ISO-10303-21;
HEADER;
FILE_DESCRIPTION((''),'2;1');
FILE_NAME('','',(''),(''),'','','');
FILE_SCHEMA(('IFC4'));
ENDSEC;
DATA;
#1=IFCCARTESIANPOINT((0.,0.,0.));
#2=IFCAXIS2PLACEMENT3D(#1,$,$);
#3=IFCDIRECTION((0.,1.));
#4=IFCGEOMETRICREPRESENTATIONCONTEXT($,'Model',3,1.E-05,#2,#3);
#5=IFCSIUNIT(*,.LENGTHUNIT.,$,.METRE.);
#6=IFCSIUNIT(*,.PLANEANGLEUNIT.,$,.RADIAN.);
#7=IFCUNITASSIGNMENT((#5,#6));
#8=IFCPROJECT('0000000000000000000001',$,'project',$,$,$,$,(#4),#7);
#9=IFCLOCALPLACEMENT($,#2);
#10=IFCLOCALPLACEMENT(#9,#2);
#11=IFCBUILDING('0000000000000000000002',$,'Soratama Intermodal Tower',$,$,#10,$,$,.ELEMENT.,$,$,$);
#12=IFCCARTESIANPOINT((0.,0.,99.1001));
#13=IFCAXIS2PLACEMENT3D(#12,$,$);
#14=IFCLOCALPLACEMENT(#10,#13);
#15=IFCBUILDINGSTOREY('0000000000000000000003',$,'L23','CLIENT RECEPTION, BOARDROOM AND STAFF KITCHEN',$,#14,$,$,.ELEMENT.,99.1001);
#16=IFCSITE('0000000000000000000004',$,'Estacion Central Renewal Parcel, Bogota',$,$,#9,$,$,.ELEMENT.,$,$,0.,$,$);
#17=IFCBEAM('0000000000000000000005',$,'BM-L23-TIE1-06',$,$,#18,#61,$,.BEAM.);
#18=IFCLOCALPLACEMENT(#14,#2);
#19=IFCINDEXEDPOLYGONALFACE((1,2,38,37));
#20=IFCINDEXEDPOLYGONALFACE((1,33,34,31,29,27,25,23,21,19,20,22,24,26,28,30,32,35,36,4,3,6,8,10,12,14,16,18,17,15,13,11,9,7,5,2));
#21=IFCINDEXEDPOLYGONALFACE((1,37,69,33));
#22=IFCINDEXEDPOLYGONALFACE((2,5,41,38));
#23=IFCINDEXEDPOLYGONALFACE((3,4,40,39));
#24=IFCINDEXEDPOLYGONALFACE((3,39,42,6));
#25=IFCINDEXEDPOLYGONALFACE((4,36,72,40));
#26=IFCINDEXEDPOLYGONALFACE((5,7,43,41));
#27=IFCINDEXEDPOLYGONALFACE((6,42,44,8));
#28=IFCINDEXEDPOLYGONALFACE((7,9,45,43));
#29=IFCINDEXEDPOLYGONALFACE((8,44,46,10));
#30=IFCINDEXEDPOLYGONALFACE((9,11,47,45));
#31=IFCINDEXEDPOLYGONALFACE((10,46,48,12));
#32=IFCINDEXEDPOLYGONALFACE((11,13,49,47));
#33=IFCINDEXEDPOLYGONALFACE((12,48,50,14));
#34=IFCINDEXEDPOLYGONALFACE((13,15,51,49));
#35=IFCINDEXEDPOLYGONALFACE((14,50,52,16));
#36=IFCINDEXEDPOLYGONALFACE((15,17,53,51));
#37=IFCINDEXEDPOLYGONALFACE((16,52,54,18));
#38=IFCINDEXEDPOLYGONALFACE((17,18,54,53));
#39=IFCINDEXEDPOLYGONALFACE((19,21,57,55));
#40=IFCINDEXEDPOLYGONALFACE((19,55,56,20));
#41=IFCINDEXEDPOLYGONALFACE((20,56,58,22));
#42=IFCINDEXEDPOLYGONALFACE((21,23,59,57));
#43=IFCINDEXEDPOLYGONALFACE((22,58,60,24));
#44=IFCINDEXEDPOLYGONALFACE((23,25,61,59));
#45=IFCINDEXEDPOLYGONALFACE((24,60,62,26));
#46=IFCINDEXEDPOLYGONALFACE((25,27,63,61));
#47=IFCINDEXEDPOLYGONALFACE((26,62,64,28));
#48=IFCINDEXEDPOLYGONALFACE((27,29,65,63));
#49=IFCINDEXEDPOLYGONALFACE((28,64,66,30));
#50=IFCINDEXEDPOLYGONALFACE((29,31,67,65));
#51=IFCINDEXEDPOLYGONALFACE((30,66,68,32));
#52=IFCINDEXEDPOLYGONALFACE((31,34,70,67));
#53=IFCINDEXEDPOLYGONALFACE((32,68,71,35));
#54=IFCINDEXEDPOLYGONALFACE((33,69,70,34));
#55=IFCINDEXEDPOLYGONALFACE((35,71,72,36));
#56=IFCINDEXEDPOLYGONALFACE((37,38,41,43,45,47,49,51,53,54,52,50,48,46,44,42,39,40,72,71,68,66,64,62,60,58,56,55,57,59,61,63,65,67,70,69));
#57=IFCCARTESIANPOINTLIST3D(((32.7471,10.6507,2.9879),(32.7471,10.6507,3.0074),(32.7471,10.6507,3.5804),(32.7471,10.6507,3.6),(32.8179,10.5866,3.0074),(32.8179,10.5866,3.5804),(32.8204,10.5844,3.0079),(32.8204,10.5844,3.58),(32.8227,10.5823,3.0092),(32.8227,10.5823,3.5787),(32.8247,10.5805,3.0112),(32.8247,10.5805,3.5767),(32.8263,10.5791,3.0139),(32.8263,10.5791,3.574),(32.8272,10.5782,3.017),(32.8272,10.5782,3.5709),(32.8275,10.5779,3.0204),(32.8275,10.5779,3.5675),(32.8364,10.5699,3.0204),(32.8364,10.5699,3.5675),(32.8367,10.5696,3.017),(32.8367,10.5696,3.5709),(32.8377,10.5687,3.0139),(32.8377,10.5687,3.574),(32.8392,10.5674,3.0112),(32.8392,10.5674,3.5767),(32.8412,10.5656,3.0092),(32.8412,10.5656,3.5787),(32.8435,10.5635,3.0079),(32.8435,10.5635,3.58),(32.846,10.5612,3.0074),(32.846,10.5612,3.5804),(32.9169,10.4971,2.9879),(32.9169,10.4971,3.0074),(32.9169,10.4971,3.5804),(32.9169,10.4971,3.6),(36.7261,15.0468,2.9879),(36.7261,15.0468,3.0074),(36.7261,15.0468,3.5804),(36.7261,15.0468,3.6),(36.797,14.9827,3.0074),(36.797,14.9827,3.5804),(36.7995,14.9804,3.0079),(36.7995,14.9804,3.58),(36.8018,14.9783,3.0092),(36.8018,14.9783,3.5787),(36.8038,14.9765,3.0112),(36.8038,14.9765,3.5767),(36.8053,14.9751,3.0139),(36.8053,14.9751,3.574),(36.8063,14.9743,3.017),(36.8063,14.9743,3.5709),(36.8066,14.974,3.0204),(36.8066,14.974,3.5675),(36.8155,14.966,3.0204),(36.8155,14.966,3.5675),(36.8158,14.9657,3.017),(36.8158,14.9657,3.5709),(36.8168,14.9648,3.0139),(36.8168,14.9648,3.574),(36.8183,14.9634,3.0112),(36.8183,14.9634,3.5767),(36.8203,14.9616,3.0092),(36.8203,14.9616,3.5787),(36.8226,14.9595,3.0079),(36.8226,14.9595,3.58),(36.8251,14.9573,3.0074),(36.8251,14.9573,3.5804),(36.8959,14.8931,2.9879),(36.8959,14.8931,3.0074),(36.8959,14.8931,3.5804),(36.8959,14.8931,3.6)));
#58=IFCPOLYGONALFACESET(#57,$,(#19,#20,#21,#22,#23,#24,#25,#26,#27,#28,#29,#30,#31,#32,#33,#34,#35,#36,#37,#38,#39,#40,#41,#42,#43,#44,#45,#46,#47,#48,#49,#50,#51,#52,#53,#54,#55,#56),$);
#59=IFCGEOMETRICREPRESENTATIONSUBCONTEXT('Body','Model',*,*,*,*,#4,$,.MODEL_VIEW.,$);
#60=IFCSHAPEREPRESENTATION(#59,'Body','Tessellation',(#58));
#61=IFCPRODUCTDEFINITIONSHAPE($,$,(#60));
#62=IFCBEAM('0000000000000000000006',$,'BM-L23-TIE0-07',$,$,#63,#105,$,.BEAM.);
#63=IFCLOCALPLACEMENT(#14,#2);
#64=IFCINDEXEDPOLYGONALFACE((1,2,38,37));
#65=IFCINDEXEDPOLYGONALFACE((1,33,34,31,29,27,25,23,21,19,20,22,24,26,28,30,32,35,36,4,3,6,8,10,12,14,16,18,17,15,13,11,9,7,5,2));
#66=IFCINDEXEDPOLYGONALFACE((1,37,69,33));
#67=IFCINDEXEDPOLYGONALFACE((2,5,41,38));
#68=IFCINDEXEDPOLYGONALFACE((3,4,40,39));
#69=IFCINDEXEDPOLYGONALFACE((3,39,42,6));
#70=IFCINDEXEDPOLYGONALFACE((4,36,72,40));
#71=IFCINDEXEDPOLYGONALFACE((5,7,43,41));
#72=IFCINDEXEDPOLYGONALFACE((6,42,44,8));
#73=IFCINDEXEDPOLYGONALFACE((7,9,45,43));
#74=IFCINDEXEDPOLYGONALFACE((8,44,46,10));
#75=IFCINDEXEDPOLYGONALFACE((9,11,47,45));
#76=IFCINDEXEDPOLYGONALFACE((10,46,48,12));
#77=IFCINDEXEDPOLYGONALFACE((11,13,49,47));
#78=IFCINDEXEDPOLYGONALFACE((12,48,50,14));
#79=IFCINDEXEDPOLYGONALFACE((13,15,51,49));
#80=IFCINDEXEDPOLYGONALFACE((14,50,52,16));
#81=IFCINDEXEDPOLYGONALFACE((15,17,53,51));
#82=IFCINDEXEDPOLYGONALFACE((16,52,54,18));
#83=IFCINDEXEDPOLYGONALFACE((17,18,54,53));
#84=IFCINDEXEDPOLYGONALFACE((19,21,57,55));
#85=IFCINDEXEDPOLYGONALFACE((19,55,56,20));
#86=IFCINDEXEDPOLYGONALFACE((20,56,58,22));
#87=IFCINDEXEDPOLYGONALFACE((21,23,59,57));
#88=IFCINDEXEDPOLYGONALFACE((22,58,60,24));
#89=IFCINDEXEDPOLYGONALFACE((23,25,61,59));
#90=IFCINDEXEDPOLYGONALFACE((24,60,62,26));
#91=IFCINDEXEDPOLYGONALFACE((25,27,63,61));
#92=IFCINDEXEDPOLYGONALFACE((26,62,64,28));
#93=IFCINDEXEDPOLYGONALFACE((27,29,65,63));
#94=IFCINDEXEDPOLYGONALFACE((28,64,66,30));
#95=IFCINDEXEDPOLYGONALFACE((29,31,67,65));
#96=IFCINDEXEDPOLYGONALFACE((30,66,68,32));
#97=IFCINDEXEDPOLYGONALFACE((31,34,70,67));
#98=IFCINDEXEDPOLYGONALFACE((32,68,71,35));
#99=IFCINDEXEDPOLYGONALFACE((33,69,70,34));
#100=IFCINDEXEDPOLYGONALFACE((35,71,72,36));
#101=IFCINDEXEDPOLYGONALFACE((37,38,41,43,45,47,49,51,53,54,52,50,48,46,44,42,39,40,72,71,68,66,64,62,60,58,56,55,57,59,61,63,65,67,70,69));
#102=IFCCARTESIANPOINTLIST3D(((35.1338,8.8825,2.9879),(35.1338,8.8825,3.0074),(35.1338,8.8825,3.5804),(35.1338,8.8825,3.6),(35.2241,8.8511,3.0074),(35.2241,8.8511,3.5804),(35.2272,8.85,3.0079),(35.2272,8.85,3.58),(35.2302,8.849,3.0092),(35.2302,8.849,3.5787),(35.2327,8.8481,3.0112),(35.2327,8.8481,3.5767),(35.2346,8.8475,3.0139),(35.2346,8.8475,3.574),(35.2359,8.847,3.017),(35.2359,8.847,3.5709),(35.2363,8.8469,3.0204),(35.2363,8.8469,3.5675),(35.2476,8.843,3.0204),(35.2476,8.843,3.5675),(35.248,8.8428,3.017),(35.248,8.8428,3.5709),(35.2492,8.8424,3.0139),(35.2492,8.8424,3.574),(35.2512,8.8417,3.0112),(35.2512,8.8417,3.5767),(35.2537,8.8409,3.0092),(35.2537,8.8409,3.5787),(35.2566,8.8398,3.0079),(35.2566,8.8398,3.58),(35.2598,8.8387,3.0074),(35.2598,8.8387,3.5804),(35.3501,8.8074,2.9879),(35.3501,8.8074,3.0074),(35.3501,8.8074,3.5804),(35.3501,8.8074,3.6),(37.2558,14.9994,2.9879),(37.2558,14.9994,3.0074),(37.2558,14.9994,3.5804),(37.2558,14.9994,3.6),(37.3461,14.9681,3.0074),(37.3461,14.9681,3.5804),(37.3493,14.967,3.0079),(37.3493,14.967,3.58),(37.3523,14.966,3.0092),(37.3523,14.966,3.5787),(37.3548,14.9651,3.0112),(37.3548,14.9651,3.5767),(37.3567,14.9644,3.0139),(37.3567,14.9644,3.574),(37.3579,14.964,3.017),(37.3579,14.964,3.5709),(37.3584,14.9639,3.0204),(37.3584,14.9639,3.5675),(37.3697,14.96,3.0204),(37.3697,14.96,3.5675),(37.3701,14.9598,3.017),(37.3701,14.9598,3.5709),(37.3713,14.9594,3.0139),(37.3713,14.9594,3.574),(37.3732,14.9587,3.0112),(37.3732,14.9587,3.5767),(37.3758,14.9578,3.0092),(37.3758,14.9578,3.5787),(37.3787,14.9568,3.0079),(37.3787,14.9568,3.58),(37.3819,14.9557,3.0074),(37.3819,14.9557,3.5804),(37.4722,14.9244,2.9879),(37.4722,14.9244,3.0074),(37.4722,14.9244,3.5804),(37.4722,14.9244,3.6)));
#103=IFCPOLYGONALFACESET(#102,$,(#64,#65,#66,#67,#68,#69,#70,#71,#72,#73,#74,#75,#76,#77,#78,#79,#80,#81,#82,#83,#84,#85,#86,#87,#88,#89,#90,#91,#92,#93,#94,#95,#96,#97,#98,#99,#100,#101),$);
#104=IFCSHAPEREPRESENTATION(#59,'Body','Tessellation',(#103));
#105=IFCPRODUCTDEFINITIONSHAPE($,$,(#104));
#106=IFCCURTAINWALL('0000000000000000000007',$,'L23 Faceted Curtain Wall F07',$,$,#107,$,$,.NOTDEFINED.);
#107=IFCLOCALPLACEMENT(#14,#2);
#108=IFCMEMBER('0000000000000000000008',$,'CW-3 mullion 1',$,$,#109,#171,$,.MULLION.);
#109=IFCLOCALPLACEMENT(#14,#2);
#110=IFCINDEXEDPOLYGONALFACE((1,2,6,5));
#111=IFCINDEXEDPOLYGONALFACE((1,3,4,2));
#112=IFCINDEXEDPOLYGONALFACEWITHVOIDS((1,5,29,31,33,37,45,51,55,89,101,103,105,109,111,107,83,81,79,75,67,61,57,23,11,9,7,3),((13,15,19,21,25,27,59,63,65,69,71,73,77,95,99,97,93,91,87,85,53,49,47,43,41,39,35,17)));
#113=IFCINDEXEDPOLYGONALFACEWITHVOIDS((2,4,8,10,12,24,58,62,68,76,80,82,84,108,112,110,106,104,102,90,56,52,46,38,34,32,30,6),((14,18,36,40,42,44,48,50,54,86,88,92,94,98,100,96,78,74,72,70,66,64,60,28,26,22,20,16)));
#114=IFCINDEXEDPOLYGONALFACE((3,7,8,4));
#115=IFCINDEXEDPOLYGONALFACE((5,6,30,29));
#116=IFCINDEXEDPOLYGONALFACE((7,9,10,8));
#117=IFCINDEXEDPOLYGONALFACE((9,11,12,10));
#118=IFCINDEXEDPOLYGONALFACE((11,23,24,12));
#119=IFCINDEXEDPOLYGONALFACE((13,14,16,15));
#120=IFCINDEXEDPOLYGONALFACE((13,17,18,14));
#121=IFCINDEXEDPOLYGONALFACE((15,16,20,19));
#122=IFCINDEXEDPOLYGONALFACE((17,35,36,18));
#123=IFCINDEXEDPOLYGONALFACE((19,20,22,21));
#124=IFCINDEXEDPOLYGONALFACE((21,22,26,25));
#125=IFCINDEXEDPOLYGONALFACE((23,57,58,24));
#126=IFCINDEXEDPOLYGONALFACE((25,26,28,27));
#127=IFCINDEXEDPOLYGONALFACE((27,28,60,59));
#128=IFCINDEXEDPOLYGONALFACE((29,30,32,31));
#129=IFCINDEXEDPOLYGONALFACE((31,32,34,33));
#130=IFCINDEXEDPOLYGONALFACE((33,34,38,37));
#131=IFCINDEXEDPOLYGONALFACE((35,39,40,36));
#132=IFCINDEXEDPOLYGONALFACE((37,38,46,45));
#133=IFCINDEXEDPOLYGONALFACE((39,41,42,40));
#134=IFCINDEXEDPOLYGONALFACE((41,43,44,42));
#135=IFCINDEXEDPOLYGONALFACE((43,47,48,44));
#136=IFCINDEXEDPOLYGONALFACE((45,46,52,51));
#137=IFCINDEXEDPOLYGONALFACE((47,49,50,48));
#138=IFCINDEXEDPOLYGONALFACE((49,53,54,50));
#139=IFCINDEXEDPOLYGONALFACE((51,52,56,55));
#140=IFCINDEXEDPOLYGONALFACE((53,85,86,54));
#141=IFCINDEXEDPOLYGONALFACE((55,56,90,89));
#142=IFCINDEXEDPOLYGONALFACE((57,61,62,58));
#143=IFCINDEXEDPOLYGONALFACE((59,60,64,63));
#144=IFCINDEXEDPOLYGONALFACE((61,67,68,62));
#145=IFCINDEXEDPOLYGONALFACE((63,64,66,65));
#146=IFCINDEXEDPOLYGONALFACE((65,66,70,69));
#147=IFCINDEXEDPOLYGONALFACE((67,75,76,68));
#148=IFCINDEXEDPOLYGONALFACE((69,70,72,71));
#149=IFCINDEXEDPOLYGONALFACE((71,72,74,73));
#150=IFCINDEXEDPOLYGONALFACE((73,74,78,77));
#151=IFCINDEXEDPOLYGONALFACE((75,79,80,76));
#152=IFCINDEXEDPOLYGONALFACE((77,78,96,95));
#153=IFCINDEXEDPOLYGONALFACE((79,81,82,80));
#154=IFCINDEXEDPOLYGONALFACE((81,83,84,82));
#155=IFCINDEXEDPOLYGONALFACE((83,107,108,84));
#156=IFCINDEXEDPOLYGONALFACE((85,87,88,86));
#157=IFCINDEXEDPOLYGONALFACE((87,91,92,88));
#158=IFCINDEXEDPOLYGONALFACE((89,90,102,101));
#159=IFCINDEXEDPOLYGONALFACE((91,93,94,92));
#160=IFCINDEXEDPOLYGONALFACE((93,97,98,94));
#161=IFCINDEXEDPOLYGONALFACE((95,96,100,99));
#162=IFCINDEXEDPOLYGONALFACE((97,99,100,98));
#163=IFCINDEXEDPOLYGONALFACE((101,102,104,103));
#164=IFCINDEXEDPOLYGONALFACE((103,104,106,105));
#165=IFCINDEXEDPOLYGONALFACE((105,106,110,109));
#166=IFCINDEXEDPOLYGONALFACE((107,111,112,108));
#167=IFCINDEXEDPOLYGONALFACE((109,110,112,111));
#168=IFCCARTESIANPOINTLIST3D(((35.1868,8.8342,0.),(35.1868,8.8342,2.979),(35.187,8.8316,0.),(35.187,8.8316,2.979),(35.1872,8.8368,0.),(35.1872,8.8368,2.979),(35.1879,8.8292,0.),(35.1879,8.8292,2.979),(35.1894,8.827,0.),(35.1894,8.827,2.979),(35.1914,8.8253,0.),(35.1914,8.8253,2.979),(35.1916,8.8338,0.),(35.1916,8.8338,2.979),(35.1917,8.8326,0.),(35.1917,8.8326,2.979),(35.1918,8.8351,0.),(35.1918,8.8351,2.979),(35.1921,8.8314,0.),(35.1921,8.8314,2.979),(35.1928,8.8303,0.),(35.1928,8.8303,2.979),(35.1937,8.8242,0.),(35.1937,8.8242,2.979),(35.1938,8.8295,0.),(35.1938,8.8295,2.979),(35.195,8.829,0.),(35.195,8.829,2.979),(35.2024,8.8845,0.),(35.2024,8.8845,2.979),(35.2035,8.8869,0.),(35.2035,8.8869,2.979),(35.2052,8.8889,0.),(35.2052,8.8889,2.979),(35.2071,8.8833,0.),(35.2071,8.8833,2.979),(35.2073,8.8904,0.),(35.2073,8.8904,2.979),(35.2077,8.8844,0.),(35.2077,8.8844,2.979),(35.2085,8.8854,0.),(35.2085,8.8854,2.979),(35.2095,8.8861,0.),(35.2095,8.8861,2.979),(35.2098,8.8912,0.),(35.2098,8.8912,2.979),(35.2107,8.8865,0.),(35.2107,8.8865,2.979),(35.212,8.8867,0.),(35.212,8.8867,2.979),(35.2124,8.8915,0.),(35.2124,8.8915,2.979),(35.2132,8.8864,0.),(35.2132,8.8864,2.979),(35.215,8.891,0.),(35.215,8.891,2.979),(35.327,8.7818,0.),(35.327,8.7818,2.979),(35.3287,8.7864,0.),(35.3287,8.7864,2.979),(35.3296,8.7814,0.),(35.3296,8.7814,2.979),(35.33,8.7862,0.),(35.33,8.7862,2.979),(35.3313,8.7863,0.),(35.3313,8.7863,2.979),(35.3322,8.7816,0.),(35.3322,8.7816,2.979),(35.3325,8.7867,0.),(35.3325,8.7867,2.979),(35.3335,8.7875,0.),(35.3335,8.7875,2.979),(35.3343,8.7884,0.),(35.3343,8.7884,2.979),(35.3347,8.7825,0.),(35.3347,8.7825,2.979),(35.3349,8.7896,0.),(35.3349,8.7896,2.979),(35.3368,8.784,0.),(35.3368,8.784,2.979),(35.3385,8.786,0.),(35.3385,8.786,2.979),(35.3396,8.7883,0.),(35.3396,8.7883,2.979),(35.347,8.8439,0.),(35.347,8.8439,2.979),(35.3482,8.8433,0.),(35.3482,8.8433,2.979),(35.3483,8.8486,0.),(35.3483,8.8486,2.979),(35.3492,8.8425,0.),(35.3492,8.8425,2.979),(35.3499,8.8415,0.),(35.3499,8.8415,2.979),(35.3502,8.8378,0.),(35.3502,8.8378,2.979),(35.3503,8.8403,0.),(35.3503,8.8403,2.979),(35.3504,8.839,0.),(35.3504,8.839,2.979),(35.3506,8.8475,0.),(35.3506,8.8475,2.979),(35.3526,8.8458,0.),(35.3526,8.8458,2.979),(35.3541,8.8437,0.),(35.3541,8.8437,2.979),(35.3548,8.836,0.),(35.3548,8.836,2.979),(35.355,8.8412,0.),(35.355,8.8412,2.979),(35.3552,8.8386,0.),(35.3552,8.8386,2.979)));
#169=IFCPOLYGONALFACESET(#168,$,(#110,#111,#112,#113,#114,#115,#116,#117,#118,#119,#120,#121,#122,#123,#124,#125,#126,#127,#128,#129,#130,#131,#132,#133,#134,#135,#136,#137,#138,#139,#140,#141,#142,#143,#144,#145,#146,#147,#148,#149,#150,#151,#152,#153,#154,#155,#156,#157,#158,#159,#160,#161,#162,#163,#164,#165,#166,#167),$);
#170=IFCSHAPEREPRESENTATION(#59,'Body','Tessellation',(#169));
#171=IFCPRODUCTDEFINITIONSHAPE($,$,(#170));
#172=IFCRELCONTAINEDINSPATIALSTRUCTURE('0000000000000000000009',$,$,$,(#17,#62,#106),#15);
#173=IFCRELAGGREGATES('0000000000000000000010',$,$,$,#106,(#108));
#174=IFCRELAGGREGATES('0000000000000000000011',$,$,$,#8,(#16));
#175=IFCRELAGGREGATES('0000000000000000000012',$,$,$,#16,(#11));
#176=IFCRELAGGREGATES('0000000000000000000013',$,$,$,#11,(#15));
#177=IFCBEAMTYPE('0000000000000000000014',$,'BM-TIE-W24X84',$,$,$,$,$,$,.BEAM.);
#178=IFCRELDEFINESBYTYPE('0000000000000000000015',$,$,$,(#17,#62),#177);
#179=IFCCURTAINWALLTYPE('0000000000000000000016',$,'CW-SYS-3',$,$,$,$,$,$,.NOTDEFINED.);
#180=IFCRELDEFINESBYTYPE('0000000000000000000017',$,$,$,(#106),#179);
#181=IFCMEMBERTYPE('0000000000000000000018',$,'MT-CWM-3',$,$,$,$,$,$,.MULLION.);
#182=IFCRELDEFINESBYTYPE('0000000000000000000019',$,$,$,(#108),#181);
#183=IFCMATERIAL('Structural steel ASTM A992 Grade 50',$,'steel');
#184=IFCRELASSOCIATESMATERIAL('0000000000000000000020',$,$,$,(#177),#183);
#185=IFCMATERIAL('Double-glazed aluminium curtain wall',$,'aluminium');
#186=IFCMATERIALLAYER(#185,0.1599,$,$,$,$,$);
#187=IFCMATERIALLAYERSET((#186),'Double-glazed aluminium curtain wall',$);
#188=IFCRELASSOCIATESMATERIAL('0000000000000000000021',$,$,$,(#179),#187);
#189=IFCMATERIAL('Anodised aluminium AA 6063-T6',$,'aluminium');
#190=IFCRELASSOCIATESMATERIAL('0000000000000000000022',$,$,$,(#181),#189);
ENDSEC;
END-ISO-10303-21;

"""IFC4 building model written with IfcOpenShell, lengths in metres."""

from ifc_helpers import new_model, si_unit, direction, frame, origin, origin_2d, place, context, subcontext, project, spatial, hollow_rectangle, i_section, extrude, material, layer, layer_set, material_profile, profile_set, type_object, element, aggregate, save


model = new_model("IFC4")

# Units and contexts
model_context = context("Model", 3, precision=1e-05, world=origin(), true_north=direction((0.0, 1.0)))
body_context = subcontext(model_context, "Body", "Model", "MODEL_VIEW")
ifc_project = project(units=[si_unit("LENGTHUNIT", "METRE"), si_unit("PLANEANGLEUNIT", "RADIAN")], contexts=[model_context])

# Site, building, storey
site_placement = place(None, origin())
site = spatial("IfcSite", under=ifc_project, at=site_placement, Name="Estacion Central Renewal Parcel, Bogota", CompositionType="ELEMENT", RefElevation=0.0)
building_placement = place(site_placement, origin())
building = spatial("IfcBuilding", under=site, at=building_placement, Name="Soratama Intermodal Tower", CompositionType="ELEMENT")
storey_placement = place(building_placement, frame((0.0, 0.0, 99.1001)))
storey = spatial("IfcBuildingStorey", under=building, at=storey_placement, Name="L23", Description="CLIENT RECEPTION, BOARDROOM AND STAFF KITCHEN", CompositionType="ELEMENT", Elevation=99.1001)

# Beams
ifc_material_1 = material(Name="Structural steel ASTM A992 Grade 50", Category="steel")
ifc_material_profile_1 = material_profile(ifc_material_1, i_section(OverallWidth=0.229, OverallDepth=0.6121, WebThickness=0.012, FlangeThickness=0.0195, FilletRadius=0.0129, at=origin_2d()), Name="W24X84")
ifc_profile_set_1 = profile_set([ifc_material_profile_1], Name="Structural steel ASTM A992 Grade 50")
beam_type_1 = type_object("IfcBeamType", Name="BM-TIE-W24X84", PredefinedType="BEAM", material=ifc_profile_set_1)
beam_1_placement = place(storey_placement, frame((36.811, 14.97, 3.2939), z_axis=(-0.671069, -0.741395, 0.0), x_axis=(0.741395, -0.671069, 0.0)))
element("IfcBeam", 1, at=beam_1_placement, inside=storey, type_object=beam_type_1, Name="BM-L23-TIE1-06", PredefinedType="BEAM", context=body_context, shape_type="SweptSolid", body=[
    extrude(i_section(OverallWidth=0.229, OverallDepth=0.6121, WebThickness=0.012, FlangeThickness=0.0195, FilletRadius=0.0129, at=origin_2d()), origin(), (0.0, 0.0, 1.0), 5.9294),
])
beam_2_placement = place(storey_placement, frame((37.364, 14.9619, 3.2939), z_axis=(-0.327754, -0.944763, 0.0), x_axis=(0.944763, -0.327754, 0.0)))
element("IfcBeam", 2, at=beam_2_placement, inside=storey, type_object=beam_type_1, Name="BM-L23-TIE0-07", PredefinedType="BEAM", context=body_context, shape_type="SweptSolid", body=[
    extrude(i_section(OverallWidth=0.229, OverallDepth=0.6121, WebThickness=0.012, FlangeThickness=0.0195, FilletRadius=0.0129, at=origin_2d()), origin(), (0.0, 0.0, 1.0), 6.4746),
])

# Curtain wall, member
ifc_material_2 = material(Name="Double-glazed aluminium curtain wall", Category="aluminium")
ifc_layer_1 = layer(ifc_material_2, 0.1599)
ifc_layer_set_1 = layer_set([ifc_layer_1], Name="Double-glazed aluminium curtain wall")
curtain_wall_type = type_object("IfcCurtainWallType", Name="CW-SYS-3", PredefinedType="NOTDEFINED", material=ifc_layer_set_1)
curtain_wall_placement = place(storey_placement, origin())
curtain_wall = element("IfcCurtainWall", 3, at=curtain_wall_placement, inside=storey, type_object=curtain_wall_type, Name="L23 Faceted Curtain Wall F07", PredefinedType="NOTDEFINED")
ifc_material_3 = material(Name="Anodised aluminium AA 6063-T6", Category="aluminium")
ifc_material_profile_2 = material_profile(ifc_material_3, hollow_rectangle(XDim=0.0701, YDim=0.1599, WallThickness=0.0049, InnerFilletRadius=0.0049, OuterFilletRadius=0.01, at=origin_2d()), Name="CWM160X70X5")
ifc_profile_set_2 = profile_set([ifc_material_profile_2], Name="Anodised aluminium AA 6063-T6")
member_type_1 = type_object("IfcMemberType", Name="MT-CWM-3", PredefinedType="MULLION", material=ifc_profile_set_2)
member_1_placement = place(storey_placement, frame((35.271, 8.8364, 0.0), z_axis=(0.0, 0.0, 1.0), x_axis=(0.303034, 0.95298, 0.0)))
member_1 = element("IfcMember", 4, at=member_1_placement, type_object=member_type_1, Name="CW-3 mullion 1", PredefinedType="MULLION", context=body_context, shape_type="SweptSolid", body=[
    extrude(hollow_rectangle(XDim=0.0701, YDim=0.1599, WallThickness=0.0049, InnerFilletRadius=0.0049, OuterFilletRadius=0.01, at=origin_2d()), origin(), (0.0, 0.0, 1.0), 2.979),
])
aggregate(curtain_wall, [member_1])

save(model, "model.ifc")
